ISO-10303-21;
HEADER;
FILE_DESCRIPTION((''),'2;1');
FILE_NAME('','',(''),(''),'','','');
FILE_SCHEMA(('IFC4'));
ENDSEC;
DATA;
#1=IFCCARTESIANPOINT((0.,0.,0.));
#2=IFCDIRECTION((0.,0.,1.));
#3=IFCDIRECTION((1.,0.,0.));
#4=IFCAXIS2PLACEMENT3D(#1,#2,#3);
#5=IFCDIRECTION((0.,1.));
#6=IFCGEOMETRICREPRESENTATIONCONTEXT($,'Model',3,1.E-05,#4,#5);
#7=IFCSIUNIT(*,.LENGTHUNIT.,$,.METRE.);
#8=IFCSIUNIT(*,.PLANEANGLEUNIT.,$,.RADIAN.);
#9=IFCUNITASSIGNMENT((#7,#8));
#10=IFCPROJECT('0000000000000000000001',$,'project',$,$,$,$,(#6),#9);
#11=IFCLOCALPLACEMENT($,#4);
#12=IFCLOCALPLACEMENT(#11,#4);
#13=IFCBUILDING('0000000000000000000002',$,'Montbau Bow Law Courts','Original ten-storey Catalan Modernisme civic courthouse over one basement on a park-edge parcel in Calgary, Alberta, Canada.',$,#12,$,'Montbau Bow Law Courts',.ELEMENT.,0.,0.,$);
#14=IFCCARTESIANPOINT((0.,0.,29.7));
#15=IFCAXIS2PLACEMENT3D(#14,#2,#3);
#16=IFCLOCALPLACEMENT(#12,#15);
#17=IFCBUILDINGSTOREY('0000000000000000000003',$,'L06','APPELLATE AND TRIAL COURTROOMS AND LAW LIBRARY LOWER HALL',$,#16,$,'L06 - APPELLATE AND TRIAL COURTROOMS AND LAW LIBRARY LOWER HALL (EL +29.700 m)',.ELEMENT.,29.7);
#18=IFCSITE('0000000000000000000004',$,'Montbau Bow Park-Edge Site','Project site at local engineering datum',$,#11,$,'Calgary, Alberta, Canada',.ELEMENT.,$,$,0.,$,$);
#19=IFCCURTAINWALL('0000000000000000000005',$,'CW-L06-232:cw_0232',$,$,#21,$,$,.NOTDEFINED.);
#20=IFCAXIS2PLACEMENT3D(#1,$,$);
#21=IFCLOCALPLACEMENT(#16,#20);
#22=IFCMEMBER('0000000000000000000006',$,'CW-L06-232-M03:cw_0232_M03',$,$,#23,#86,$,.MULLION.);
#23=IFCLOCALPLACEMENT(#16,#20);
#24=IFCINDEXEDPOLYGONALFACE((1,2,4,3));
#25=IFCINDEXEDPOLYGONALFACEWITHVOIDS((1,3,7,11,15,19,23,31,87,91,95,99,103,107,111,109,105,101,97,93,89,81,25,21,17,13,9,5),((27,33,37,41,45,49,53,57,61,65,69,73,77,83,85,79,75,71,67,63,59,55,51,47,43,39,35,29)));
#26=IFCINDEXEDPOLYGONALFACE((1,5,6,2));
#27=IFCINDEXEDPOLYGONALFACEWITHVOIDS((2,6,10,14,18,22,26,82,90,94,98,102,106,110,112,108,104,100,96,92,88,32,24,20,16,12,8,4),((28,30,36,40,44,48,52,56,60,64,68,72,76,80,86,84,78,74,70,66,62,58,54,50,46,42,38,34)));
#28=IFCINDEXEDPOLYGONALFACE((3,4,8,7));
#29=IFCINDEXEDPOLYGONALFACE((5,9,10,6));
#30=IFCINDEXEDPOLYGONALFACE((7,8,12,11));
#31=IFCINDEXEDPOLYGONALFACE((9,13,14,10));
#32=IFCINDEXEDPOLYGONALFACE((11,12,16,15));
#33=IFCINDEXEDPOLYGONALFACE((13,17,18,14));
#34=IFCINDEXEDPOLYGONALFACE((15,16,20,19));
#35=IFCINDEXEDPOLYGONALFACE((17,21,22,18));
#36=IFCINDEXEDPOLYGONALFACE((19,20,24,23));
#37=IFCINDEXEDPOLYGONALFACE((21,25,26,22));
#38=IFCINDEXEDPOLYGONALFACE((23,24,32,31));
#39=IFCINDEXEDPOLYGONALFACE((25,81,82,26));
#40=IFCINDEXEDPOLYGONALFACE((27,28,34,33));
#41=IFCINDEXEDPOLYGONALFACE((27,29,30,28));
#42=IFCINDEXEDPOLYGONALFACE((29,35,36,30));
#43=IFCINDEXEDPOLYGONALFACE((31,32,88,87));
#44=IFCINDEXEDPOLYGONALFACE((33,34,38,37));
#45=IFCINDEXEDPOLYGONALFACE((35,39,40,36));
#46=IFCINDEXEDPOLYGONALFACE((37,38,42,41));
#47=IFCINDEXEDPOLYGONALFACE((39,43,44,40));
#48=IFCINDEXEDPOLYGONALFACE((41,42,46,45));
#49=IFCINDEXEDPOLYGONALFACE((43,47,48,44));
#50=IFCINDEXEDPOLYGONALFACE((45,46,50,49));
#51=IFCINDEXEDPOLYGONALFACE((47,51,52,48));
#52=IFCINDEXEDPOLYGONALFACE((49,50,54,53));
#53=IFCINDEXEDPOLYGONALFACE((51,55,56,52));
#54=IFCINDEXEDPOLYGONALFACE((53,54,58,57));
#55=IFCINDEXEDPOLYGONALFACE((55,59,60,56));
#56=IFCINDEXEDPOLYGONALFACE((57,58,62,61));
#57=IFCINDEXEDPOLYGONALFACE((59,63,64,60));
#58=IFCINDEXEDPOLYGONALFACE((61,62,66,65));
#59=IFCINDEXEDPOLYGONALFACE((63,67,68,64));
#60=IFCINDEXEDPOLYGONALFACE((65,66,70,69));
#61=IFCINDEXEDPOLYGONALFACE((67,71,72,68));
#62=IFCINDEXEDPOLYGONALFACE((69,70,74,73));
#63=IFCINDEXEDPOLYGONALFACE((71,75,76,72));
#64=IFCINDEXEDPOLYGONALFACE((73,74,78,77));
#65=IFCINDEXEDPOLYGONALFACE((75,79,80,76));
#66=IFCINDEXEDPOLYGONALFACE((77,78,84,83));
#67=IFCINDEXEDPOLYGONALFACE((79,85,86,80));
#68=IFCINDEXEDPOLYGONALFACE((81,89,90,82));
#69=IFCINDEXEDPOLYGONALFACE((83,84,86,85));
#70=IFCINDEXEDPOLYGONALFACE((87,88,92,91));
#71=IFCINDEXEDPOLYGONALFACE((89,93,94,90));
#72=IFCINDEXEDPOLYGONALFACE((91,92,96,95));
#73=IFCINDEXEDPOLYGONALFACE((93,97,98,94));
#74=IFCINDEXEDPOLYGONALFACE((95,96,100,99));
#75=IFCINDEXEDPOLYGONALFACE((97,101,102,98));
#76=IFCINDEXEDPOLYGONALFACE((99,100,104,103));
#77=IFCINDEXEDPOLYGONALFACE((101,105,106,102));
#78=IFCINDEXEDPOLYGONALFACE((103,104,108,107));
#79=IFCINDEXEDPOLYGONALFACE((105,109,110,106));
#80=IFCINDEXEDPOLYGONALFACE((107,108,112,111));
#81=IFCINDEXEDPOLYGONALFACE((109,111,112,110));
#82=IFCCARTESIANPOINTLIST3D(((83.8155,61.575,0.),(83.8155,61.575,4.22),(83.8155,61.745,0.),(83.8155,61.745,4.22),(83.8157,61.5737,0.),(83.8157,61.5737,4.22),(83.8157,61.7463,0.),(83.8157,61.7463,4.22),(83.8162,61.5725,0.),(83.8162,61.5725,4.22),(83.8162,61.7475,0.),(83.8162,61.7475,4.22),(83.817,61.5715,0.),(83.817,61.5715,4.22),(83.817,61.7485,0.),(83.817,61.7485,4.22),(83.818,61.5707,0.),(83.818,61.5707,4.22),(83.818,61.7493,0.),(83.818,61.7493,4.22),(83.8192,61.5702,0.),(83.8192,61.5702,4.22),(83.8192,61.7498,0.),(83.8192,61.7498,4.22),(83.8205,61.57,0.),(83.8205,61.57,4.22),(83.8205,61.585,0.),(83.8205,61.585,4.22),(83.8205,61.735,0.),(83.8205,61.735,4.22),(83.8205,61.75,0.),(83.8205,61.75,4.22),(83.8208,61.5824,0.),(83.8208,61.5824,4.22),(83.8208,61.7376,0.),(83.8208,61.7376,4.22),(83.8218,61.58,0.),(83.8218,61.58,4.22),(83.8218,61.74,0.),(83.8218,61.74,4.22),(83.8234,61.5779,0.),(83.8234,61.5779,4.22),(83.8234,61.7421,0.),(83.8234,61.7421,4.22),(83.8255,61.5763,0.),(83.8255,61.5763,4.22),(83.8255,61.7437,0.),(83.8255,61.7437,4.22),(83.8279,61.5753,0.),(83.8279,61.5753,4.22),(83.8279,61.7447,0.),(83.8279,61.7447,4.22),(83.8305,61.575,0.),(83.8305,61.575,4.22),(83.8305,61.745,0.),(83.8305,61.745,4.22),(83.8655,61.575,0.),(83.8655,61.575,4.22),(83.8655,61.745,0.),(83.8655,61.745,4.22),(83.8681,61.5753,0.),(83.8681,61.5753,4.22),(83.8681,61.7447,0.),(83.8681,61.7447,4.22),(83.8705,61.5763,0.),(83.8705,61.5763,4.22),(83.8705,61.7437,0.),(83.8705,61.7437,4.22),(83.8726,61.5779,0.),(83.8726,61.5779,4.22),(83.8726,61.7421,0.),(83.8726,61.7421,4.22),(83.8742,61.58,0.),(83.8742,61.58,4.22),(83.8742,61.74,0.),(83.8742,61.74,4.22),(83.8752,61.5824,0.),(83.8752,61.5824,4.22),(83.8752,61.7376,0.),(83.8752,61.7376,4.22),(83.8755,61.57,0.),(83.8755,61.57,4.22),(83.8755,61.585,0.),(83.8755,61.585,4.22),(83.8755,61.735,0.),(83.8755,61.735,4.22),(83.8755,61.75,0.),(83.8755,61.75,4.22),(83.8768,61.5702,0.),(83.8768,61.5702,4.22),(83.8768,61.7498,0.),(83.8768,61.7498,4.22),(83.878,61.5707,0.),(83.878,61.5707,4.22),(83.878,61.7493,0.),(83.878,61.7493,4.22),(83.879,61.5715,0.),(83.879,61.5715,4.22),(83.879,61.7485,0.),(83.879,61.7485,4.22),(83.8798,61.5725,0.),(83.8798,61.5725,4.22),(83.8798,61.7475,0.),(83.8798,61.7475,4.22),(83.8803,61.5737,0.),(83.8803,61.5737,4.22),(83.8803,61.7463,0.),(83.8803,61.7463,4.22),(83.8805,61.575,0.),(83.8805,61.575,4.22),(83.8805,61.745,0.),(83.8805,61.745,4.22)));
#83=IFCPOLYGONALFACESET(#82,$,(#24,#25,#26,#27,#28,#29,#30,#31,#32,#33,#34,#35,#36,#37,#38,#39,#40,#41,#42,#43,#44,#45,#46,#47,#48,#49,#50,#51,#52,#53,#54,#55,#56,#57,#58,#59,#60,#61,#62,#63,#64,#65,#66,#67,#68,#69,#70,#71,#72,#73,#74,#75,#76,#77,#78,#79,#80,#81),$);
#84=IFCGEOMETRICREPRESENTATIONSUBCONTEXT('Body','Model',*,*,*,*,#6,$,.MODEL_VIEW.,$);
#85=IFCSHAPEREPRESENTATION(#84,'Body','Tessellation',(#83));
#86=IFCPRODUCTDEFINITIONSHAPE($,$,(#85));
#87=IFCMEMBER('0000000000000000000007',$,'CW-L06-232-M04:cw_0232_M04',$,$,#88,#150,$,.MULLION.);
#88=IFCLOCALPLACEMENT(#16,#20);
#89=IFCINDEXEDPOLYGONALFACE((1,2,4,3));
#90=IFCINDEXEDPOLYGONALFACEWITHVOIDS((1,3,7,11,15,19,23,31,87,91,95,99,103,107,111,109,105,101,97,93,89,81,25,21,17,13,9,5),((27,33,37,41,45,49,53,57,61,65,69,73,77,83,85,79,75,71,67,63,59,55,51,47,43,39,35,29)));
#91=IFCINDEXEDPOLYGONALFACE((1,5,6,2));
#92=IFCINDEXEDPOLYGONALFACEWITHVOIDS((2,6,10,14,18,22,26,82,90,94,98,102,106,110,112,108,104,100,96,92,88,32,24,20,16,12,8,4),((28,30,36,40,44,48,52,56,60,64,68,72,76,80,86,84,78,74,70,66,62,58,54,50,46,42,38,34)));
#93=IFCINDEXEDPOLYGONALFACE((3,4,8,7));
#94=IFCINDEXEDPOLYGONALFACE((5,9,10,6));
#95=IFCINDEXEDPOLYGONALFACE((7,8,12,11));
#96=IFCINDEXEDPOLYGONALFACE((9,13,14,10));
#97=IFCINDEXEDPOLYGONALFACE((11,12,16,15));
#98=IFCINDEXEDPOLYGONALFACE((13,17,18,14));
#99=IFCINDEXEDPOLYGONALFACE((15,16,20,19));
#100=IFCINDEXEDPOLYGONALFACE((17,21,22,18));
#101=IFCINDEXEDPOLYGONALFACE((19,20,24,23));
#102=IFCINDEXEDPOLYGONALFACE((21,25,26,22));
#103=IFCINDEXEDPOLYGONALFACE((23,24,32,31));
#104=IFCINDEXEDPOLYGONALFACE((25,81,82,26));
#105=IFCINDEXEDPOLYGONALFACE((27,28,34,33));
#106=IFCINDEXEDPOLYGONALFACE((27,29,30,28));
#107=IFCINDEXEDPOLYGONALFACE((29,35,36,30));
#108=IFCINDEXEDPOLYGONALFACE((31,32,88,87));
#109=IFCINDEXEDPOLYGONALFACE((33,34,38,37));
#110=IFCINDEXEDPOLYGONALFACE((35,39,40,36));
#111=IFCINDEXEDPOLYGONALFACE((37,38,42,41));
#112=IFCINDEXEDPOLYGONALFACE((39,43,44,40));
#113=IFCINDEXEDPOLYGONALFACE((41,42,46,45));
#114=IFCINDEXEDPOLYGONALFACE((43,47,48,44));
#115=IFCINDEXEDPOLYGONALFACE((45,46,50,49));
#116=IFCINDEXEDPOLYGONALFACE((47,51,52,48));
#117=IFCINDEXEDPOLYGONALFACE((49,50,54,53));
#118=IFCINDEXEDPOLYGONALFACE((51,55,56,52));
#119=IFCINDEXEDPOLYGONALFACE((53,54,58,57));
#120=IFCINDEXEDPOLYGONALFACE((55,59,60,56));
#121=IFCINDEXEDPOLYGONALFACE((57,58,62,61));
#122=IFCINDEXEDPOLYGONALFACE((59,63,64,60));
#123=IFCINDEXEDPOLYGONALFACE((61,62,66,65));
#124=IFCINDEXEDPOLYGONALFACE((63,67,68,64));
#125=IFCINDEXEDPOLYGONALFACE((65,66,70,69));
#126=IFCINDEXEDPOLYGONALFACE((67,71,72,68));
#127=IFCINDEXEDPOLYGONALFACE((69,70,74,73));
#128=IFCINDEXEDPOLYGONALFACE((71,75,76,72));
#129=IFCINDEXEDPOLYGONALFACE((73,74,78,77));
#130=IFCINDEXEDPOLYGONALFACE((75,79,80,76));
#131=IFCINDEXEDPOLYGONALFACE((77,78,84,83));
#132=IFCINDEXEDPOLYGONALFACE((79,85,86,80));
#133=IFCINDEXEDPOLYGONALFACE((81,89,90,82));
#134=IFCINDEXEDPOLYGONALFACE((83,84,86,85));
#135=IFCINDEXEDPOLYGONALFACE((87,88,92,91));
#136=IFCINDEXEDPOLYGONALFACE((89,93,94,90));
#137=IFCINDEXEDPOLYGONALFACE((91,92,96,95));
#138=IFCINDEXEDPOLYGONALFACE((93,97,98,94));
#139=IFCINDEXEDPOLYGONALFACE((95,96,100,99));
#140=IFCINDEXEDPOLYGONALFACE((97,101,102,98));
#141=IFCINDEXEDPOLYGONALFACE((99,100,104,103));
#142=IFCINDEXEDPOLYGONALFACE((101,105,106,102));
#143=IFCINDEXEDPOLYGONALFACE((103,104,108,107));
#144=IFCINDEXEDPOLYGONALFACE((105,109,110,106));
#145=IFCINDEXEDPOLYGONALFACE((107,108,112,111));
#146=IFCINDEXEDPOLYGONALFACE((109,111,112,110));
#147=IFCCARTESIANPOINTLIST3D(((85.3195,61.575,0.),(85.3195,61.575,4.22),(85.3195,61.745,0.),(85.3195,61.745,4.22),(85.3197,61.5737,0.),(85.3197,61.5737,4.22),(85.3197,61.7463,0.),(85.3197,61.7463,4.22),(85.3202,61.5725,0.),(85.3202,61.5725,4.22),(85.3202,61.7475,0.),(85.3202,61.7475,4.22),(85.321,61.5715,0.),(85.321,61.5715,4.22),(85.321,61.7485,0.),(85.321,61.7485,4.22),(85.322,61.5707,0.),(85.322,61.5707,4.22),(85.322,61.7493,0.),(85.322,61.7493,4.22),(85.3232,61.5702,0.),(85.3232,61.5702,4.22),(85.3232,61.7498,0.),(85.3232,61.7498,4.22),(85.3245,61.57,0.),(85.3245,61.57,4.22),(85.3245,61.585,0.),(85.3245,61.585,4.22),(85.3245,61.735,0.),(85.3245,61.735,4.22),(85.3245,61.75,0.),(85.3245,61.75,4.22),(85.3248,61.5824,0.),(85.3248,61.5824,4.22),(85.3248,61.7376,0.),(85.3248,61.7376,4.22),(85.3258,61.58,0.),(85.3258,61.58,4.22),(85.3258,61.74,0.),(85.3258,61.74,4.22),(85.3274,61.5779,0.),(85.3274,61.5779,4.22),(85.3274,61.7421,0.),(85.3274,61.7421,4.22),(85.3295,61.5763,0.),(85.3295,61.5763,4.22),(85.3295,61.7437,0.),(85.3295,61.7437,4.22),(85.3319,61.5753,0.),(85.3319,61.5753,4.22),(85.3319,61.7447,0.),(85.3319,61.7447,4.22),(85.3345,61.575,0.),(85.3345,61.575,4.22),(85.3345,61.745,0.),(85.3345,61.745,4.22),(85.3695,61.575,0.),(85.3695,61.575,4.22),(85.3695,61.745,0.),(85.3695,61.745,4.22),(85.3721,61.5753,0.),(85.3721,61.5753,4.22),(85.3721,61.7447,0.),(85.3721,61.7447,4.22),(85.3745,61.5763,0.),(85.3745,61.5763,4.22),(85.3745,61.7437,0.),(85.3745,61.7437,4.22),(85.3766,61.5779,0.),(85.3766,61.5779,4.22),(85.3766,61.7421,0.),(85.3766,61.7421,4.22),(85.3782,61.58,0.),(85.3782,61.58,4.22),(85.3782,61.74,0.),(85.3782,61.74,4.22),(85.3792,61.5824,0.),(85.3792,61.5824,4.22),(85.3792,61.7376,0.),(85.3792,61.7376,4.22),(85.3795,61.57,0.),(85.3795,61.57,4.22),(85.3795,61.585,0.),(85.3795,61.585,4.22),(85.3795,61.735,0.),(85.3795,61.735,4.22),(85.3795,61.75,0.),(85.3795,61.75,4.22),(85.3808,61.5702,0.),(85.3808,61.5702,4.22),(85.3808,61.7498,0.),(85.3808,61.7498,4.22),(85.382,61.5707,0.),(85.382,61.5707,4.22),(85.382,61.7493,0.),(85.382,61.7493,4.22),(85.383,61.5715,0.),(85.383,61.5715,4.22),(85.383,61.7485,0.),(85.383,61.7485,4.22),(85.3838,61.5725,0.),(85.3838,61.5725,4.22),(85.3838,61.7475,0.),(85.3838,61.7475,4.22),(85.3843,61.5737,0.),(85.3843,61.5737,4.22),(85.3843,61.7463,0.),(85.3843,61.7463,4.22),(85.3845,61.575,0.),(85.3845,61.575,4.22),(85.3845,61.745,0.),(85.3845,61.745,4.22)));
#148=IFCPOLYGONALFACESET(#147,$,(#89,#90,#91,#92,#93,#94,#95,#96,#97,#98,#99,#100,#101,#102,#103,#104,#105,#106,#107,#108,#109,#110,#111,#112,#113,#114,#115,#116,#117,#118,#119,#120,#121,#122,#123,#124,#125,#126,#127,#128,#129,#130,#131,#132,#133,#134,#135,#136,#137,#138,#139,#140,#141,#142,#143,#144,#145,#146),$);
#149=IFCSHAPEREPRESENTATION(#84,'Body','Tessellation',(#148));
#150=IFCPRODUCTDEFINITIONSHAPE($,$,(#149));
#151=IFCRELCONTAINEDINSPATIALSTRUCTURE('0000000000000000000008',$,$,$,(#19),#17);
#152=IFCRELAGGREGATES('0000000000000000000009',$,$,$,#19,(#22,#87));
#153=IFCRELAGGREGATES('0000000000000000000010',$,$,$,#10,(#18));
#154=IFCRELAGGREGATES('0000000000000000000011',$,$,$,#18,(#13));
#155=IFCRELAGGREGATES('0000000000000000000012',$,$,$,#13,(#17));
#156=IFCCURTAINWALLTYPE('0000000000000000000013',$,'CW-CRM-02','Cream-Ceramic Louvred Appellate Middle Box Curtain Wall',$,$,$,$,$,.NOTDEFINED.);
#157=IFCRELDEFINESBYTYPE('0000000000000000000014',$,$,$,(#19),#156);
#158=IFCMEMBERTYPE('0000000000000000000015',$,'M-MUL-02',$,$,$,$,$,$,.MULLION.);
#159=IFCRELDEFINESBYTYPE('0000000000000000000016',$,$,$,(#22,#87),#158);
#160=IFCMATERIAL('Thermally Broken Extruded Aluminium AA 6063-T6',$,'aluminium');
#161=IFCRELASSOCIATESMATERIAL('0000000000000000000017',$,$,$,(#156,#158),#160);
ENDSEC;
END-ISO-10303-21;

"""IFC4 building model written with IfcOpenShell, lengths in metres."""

from ifc_helpers import new_model, si_unit, direction, frame, origin_with_axes, origin_2d_with_axis, place, context, subcontext, project, spatial, hollow_rectangle, extrude, material, material_profile, profile_set, type_object, element, aggregate, save


model = new_model("IFC4")

# Units and contexts
model_context = context("Model", 3, precision=1e-05, world=origin_with_axes(), true_north=direction((0.0, 1.0)))
body_context = subcontext(model_context, "Body", "Model", "MODEL_VIEW")
ifc_project = project(units=[si_unit("LENGTHUNIT", "METRE"), si_unit("PLANEANGLEUNIT", "RADIAN")], contexts=[model_context])

# Site, building, storey
site_placement = place(None, origin_with_axes())
site = spatial("IfcSite", under=ifc_project, at=site_placement, Name="Montbau Bow Park-Edge Site", Description="Project site at local engineering datum", LongName="Calgary, Alberta, Canada", CompositionType="ELEMENT", RefElevation=0.0)
building_placement = place(site_placement, origin_with_axes())
building = spatial("IfcBuilding", under=site, at=building_placement, Name="Montbau Bow Law Courts", Description="Original ten-storey Catalan Modernisme civic courthouse over one basement on a park-edge parcel in Calgary, Alberta, Canada.", LongName="Montbau Bow Law Courts", CompositionType="ELEMENT", ElevationOfRefHeight=0.0, ElevationOfTerrain=0.0)
storey_placement = place(building_placement, frame((0.0, 0.0, 29.7), z_axis=(0.0, 0.0, 1.0), x_axis=(1.0, 0.0, 0.0)))
storey = spatial("IfcBuildingStorey", under=building, at=storey_placement, Name="L06", Description="APPELLATE AND TRIAL COURTROOMS AND LAW LIBRARY LOWER HALL", LongName="L06 - APPELLATE AND TRIAL COURTROOMS AND LAW LIBRARY LOWER HALL (EL +29.700 m)", CompositionType="ELEMENT", Elevation=29.7)

# Curtain wall, members
ifc_material_1 = material(Name="Thermally Broken Extruded Aluminium AA 6063-T6", Category="aluminium")
curtain_wall_type = type_object("IfcCurtainWallType", Name="CW-CRM-02", Description="Cream-Ceramic Louvred Appellate Middle Box Curtain Wall", PredefinedType="NOTDEFINED", material=ifc_material_1)
curtain_wall_placement = place(None, frame((80.84, 61.66, 29.7), z_axis=(0.0, 0.0, 1.0), x_axis=(1.0, 0.0, 0.0)))
curtain_wall = element("IfcCurtainWall", 1, at=curtain_wall_placement, inside=storey, type_object=curtain_wall_type, Name="CW-L06-232:cw_0232", PredefinedType="NOTDEFINED")
ifc_material_profile_1 = material_profile(ifc_material_1, hollow_rectangle(XDim=0.065, YDim=0.18, WallThickness=0.005, InnerFilletRadius=0.01, OuterFilletRadius=0.005, at=origin_2d_with_axis()), Name="CWM-180X65", Category="Main", Priority=0)
ifc_profile_set_1 = profile_set([ifc_material_profile_1], Name="Thermally Broken Extruded Aluminium AA 6063-T6")
member_type_1 = type_object("IfcMemberType", Name="M-MUL-02", PredefinedType="MULLION", material=ifc_profile_set_1)
member_1_placement = place(None, frame((83.848, 61.66, 29.7), z_axis=(0.0, 0.0, 1.0), x_axis=(1.0, 0.0, 0.0)))
member_1 = element("IfcMember", 2, at=member_1_placement, type_object=member_type_1, Name="CW-L06-232-M03:cw_0232_M03", PredefinedType="MULLION", context=body_context, shape_type="SweptSolid", body=[
    extrude(hollow_rectangle(XDim=0.065, YDim=0.18, WallThickness=0.005, InnerFilletRadius=0.01, OuterFilletRadius=0.005, at=origin_2d_with_axis()), origin_with_axes(), (0.0, 0.0, 1.0), 4.22),
])
member_2_placement = place(None, frame((85.352, 61.66, 29.7), z_axis=(0.0, 0.0, 1.0), x_axis=(1.0, 0.0, 0.0)))
member_2 = element("IfcMember", 3, at=member_2_placement, type_object=member_type_1, Name="CW-L06-232-M04:cw_0232_M04", PredefinedType="MULLION", context=body_context, shape_type="SweptSolid", body=[
    extrude(hollow_rectangle(XDim=0.065, YDim=0.18, WallThickness=0.005, InnerFilletRadius=0.01, OuterFilletRadius=0.005, at=origin_2d_with_axis()), origin_with_axes(), (0.0, 0.0, 1.0), 4.22),
])
aggregate(curtain_wall, [member_1, member_2])

save(model, "model.ifc")
